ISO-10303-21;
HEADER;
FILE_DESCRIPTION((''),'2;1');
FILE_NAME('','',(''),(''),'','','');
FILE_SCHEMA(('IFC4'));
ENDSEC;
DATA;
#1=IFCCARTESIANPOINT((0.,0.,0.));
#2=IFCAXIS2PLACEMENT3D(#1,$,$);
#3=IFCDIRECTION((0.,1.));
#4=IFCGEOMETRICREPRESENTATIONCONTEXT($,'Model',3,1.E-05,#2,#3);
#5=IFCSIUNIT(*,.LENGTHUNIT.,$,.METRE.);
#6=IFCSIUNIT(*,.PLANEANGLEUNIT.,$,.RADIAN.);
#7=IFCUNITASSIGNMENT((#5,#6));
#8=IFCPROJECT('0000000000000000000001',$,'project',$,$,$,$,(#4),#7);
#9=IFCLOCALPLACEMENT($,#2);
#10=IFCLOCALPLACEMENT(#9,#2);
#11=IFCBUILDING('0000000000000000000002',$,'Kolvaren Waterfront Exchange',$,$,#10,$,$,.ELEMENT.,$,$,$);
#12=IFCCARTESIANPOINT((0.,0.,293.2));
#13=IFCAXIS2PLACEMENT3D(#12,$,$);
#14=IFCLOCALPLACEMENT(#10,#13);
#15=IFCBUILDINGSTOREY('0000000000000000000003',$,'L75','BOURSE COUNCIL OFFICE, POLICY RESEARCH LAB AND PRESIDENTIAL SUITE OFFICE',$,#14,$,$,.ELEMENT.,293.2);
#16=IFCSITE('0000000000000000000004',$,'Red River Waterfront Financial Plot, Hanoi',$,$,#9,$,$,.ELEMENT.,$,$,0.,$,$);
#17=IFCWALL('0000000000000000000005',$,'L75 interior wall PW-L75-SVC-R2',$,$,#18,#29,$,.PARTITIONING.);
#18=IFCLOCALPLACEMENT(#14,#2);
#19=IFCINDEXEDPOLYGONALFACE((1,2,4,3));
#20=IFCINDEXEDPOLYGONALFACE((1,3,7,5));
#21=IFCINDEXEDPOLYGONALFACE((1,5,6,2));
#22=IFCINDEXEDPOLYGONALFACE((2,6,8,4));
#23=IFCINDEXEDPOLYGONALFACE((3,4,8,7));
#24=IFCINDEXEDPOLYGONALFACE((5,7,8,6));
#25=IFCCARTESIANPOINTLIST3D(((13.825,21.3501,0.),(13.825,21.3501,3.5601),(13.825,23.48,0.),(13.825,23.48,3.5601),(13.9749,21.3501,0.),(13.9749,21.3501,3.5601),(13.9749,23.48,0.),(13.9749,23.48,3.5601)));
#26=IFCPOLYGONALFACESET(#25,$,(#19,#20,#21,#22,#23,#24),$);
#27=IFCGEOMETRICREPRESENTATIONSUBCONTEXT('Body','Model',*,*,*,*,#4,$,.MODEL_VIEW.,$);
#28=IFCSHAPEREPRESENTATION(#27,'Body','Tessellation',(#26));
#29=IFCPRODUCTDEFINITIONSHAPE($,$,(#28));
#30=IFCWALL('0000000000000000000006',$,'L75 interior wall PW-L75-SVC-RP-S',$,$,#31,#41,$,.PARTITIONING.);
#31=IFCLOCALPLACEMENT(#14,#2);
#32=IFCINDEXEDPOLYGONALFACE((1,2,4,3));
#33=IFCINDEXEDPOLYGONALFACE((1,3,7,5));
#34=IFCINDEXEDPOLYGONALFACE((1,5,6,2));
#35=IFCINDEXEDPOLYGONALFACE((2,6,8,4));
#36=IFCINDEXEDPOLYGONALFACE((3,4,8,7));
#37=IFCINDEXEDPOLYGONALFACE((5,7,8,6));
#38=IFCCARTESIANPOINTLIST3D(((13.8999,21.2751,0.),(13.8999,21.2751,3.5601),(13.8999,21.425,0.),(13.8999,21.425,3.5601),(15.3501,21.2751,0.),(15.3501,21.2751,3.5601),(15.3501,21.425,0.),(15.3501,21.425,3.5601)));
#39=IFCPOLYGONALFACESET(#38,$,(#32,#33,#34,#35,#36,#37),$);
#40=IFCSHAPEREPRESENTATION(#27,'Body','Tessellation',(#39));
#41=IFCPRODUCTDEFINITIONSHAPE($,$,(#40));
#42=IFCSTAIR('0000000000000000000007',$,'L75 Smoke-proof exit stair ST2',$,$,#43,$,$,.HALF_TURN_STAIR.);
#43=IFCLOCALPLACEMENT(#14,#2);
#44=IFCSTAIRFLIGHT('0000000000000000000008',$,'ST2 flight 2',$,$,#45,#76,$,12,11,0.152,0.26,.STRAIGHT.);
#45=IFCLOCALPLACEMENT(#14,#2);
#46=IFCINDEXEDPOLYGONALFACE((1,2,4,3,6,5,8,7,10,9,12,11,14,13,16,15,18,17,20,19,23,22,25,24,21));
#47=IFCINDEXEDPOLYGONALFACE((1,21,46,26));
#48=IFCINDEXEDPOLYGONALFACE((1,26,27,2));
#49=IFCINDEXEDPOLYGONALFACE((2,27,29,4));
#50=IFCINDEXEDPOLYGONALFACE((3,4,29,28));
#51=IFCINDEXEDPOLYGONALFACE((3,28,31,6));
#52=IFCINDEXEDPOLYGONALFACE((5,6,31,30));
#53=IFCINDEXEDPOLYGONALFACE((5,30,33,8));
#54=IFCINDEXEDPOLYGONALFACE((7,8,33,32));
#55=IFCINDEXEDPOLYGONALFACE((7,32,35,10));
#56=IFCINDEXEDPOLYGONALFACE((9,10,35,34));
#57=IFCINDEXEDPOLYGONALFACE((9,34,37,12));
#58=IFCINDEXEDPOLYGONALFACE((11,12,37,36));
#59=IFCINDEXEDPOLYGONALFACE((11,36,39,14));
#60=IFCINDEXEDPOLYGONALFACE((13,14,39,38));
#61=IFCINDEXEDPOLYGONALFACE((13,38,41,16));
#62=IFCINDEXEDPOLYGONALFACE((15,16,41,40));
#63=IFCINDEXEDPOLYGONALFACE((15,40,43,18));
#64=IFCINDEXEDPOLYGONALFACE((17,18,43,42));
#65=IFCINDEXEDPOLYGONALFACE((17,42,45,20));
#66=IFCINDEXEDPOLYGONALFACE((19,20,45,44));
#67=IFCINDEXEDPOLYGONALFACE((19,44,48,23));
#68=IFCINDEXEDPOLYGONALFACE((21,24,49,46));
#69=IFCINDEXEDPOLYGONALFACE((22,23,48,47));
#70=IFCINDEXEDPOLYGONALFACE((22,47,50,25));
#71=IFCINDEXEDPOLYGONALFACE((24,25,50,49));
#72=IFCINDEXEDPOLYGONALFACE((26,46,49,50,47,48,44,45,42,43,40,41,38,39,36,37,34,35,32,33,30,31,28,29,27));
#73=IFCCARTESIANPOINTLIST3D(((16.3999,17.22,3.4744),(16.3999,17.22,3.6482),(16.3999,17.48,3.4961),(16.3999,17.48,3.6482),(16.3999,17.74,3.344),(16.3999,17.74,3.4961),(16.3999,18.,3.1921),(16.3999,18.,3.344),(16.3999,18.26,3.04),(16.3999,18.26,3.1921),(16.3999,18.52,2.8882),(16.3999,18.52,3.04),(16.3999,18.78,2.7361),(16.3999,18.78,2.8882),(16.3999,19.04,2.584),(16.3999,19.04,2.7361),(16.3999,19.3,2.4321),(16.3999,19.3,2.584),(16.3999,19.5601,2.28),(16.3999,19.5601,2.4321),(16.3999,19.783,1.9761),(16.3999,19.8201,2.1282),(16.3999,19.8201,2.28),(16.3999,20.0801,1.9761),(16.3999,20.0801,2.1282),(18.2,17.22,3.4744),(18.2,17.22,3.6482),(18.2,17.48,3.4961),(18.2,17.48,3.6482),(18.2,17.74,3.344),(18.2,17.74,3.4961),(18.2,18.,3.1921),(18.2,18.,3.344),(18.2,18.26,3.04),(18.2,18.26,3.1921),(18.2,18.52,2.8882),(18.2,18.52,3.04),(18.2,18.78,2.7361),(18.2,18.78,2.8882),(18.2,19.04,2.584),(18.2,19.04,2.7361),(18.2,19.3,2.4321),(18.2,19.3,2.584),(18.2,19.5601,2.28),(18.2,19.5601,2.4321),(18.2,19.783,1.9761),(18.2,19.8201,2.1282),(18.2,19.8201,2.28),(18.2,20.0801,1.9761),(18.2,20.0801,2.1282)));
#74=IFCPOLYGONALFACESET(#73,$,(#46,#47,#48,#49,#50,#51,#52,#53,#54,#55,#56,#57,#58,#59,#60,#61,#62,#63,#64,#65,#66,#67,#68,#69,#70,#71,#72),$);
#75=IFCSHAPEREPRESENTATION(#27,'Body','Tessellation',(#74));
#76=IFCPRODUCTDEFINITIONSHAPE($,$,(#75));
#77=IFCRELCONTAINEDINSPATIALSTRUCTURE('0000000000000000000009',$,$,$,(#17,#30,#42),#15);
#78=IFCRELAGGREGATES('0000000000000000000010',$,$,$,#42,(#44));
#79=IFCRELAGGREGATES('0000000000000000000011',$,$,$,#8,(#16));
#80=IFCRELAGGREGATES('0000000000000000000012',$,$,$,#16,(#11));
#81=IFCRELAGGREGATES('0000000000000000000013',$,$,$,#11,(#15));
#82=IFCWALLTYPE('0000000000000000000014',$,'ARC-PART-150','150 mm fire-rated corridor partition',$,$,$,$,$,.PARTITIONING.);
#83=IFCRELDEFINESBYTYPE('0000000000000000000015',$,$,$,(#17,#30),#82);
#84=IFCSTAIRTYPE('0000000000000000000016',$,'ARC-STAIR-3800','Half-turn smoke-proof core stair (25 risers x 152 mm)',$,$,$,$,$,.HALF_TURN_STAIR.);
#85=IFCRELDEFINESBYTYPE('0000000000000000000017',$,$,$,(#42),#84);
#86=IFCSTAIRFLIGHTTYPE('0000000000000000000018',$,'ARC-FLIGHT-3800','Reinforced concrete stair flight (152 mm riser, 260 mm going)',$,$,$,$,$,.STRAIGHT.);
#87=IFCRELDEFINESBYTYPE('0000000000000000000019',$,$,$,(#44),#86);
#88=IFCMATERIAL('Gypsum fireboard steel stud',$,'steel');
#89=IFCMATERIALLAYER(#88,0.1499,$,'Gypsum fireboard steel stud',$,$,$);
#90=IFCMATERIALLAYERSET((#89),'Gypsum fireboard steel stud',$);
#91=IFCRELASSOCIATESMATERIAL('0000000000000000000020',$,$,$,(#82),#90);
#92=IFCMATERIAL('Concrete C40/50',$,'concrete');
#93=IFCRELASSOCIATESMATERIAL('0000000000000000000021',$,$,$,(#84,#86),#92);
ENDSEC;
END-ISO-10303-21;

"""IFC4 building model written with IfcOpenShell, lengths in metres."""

from ifc_helpers import new_model, si_unit, direction, frame, frame_2d, origin, place, context, subcontext, project, spatial, polyline, rectangle, outline, extrude, material, layer, layer_set, type_object, element, aggregate, save


model = new_model("IFC4")

# Units and contexts
model_context = context("Model", 3, precision=1e-05, world=origin(), true_north=direction((0.0, 1.0)))
body_context = subcontext(model_context, "Body", "Model", "MODEL_VIEW")
ifc_project = project(units=[si_unit("LENGTHUNIT", "METRE"), si_unit("PLANEANGLEUNIT", "RADIAN")], contexts=[model_context])

# Site, building, storey
site_placement = place(None, origin())
site = spatial("IfcSite", under=ifc_project, at=site_placement, Name="Red River Waterfront Financial Plot, Hanoi", CompositionType="ELEMENT", RefElevation=0.0)
building_placement = place(site_placement, origin())
building = spatial("IfcBuilding", under=site, at=building_placement, Name="Kolvaren Waterfront Exchange", CompositionType="ELEMENT")
storey_placement = place(building_placement, frame((0.0, 0.0, 293.2)))
storey = spatial("IfcBuildingStorey", under=building, at=storey_placement, Name="L75", Description="BOURSE COUNCIL OFFICE, POLICY RESEARCH LAB AND PRESIDENTIAL SUITE OFFICE", CompositionType="ELEMENT", Elevation=293.2)

# Walls
ifc_material_1 = material(Name="Gypsum fireboard steel stud", Category="steel")
ifc_layer_1 = layer(ifc_material_1, 0.1499, Name="Gypsum fireboard steel stud")
ifc_layer_set_1 = layer_set([ifc_layer_1], Name="Gypsum fireboard steel stud")
wall_type_1 = type_object("IfcWallType", Name="ARC-PART-150", Description="150 mm fire-rated corridor partition", PredefinedType="PARTITIONING", material=ifc_layer_set_1)
for number, where, z_axis, x_axis, name in (
    (1, (13.8999, 21.3501, 0.0), (0.0, 0.0, 1.0), (0.0, 1.0, 0.0), "L75 interior wall PW-L75-SVC-R2"),
):
    element("IfcWall", number, at=place(storey_placement, frame(where, z_axis=z_axis, x_axis=x_axis)), inside=storey, type_object=wall_type_1, Name=name, PredefinedType="PARTITIONING", context=body_context, shape_type="SweptSolid", body=[
        extrude(rectangle(XDim=2.1299, YDim=0.1499, at=frame_2d((1.0649, 0.0))), origin(), (0.0, 0.0, 1.0), 3.5601),
    ])
wall_1_placement = place(storey_placement, frame((13.8999, 21.3501, 0.0), z_axis=(0.0, 0.0, 1.0), x_axis=(1.0, 0.0, 0.0)))
element("IfcWall", 2, at=wall_1_placement, inside=storey, type_object=wall_type_1, Name="L75 interior wall PW-L75-SVC-RP-S", PredefinedType="PARTITIONING", context=body_context, shape_type="SweptSolid", body=[
    extrude(rectangle(XDim=1.4502, YDim=0.1499, at=frame_2d((0.7251, 0.0))), origin(), (0.0, 0.0, 1.0), 3.5601),
])

# Stair, stair flight
ifc_material_2 = material(Name="Concrete C40/50", Category="concrete")
stair_type = type_object("IfcStairType", Name="ARC-STAIR-3800", Description="Half-turn smoke-proof core stair (25 risers x 152 mm)", PredefinedType="HALF_TURN_STAIR", material=ifc_material_2)
stair_placement = place(storey_placement, origin())
stair = element("IfcStair", 3, at=stair_placement, inside=storey, type_object=stair_type, Name="L75 Smoke-proof exit stair ST2", PredefinedType="HALF_TURN_STAIR")
stair_flight_type = type_object("IfcStairFlightType", Name="ARC-FLIGHT-3800", Description="Reinforced concrete stair flight (152 mm riser, 260 mm going)", PredefinedType="STRAIGHT", material=ifc_material_2)
stair_flight_placement = place(storey_placement, frame((17.3, 20.0801, 1.9761), z_axis=(0.0, 0.0, 1.0), x_axis=(0.0, -1.0, 0.0)))
stair_flight = element("IfcStairFlight", 4, at=stair_flight_placement, type_object=stair_flight_type, Name="ST2 flight 2", NumberOfRisers=12, NumberOfTreads=11, PredefinedType="STRAIGHT", RiserHeight=0.152, TreadLength=0.26, context=body_context, shape_type="SweptSolid", body=[
    extrude(outline(polyline([(0.0, 0.0), (0.0, 0.1521), (0.26, 0.1521), (0.26, 0.304), (0.52, 0.304), (0.52, 0.4561), (0.78, 0.4561), (0.78, 0.6079), (1.04, 0.6079), (1.04, 0.76), (1.3, 0.76), (1.3, 0.9121), (1.5601, 0.9121), (1.5601, 1.064), (1.8201, 1.064), (1.8201, 1.2161), (2.0801, 1.2161), (2.0801, 1.3679), (2.3401, 1.3679), (2.3401, 1.52), (2.6001, 1.52), (2.6001, 1.6721), (2.8601, 1.6721), (2.8601, 1.824), (2.8601, 1.4983), (0.2971, 0.0), (0.0, 0.0)])), frame((0.0, 0.8999, 0.0), z_axis=(0.0, -1.0, 0.0), x_axis=(1.0, 0.0, 0.0)), (0.0, 0.0, 1.0), 1.8),
])
aggregate(stair, [stair_flight])

save(model, "model.ifc")
